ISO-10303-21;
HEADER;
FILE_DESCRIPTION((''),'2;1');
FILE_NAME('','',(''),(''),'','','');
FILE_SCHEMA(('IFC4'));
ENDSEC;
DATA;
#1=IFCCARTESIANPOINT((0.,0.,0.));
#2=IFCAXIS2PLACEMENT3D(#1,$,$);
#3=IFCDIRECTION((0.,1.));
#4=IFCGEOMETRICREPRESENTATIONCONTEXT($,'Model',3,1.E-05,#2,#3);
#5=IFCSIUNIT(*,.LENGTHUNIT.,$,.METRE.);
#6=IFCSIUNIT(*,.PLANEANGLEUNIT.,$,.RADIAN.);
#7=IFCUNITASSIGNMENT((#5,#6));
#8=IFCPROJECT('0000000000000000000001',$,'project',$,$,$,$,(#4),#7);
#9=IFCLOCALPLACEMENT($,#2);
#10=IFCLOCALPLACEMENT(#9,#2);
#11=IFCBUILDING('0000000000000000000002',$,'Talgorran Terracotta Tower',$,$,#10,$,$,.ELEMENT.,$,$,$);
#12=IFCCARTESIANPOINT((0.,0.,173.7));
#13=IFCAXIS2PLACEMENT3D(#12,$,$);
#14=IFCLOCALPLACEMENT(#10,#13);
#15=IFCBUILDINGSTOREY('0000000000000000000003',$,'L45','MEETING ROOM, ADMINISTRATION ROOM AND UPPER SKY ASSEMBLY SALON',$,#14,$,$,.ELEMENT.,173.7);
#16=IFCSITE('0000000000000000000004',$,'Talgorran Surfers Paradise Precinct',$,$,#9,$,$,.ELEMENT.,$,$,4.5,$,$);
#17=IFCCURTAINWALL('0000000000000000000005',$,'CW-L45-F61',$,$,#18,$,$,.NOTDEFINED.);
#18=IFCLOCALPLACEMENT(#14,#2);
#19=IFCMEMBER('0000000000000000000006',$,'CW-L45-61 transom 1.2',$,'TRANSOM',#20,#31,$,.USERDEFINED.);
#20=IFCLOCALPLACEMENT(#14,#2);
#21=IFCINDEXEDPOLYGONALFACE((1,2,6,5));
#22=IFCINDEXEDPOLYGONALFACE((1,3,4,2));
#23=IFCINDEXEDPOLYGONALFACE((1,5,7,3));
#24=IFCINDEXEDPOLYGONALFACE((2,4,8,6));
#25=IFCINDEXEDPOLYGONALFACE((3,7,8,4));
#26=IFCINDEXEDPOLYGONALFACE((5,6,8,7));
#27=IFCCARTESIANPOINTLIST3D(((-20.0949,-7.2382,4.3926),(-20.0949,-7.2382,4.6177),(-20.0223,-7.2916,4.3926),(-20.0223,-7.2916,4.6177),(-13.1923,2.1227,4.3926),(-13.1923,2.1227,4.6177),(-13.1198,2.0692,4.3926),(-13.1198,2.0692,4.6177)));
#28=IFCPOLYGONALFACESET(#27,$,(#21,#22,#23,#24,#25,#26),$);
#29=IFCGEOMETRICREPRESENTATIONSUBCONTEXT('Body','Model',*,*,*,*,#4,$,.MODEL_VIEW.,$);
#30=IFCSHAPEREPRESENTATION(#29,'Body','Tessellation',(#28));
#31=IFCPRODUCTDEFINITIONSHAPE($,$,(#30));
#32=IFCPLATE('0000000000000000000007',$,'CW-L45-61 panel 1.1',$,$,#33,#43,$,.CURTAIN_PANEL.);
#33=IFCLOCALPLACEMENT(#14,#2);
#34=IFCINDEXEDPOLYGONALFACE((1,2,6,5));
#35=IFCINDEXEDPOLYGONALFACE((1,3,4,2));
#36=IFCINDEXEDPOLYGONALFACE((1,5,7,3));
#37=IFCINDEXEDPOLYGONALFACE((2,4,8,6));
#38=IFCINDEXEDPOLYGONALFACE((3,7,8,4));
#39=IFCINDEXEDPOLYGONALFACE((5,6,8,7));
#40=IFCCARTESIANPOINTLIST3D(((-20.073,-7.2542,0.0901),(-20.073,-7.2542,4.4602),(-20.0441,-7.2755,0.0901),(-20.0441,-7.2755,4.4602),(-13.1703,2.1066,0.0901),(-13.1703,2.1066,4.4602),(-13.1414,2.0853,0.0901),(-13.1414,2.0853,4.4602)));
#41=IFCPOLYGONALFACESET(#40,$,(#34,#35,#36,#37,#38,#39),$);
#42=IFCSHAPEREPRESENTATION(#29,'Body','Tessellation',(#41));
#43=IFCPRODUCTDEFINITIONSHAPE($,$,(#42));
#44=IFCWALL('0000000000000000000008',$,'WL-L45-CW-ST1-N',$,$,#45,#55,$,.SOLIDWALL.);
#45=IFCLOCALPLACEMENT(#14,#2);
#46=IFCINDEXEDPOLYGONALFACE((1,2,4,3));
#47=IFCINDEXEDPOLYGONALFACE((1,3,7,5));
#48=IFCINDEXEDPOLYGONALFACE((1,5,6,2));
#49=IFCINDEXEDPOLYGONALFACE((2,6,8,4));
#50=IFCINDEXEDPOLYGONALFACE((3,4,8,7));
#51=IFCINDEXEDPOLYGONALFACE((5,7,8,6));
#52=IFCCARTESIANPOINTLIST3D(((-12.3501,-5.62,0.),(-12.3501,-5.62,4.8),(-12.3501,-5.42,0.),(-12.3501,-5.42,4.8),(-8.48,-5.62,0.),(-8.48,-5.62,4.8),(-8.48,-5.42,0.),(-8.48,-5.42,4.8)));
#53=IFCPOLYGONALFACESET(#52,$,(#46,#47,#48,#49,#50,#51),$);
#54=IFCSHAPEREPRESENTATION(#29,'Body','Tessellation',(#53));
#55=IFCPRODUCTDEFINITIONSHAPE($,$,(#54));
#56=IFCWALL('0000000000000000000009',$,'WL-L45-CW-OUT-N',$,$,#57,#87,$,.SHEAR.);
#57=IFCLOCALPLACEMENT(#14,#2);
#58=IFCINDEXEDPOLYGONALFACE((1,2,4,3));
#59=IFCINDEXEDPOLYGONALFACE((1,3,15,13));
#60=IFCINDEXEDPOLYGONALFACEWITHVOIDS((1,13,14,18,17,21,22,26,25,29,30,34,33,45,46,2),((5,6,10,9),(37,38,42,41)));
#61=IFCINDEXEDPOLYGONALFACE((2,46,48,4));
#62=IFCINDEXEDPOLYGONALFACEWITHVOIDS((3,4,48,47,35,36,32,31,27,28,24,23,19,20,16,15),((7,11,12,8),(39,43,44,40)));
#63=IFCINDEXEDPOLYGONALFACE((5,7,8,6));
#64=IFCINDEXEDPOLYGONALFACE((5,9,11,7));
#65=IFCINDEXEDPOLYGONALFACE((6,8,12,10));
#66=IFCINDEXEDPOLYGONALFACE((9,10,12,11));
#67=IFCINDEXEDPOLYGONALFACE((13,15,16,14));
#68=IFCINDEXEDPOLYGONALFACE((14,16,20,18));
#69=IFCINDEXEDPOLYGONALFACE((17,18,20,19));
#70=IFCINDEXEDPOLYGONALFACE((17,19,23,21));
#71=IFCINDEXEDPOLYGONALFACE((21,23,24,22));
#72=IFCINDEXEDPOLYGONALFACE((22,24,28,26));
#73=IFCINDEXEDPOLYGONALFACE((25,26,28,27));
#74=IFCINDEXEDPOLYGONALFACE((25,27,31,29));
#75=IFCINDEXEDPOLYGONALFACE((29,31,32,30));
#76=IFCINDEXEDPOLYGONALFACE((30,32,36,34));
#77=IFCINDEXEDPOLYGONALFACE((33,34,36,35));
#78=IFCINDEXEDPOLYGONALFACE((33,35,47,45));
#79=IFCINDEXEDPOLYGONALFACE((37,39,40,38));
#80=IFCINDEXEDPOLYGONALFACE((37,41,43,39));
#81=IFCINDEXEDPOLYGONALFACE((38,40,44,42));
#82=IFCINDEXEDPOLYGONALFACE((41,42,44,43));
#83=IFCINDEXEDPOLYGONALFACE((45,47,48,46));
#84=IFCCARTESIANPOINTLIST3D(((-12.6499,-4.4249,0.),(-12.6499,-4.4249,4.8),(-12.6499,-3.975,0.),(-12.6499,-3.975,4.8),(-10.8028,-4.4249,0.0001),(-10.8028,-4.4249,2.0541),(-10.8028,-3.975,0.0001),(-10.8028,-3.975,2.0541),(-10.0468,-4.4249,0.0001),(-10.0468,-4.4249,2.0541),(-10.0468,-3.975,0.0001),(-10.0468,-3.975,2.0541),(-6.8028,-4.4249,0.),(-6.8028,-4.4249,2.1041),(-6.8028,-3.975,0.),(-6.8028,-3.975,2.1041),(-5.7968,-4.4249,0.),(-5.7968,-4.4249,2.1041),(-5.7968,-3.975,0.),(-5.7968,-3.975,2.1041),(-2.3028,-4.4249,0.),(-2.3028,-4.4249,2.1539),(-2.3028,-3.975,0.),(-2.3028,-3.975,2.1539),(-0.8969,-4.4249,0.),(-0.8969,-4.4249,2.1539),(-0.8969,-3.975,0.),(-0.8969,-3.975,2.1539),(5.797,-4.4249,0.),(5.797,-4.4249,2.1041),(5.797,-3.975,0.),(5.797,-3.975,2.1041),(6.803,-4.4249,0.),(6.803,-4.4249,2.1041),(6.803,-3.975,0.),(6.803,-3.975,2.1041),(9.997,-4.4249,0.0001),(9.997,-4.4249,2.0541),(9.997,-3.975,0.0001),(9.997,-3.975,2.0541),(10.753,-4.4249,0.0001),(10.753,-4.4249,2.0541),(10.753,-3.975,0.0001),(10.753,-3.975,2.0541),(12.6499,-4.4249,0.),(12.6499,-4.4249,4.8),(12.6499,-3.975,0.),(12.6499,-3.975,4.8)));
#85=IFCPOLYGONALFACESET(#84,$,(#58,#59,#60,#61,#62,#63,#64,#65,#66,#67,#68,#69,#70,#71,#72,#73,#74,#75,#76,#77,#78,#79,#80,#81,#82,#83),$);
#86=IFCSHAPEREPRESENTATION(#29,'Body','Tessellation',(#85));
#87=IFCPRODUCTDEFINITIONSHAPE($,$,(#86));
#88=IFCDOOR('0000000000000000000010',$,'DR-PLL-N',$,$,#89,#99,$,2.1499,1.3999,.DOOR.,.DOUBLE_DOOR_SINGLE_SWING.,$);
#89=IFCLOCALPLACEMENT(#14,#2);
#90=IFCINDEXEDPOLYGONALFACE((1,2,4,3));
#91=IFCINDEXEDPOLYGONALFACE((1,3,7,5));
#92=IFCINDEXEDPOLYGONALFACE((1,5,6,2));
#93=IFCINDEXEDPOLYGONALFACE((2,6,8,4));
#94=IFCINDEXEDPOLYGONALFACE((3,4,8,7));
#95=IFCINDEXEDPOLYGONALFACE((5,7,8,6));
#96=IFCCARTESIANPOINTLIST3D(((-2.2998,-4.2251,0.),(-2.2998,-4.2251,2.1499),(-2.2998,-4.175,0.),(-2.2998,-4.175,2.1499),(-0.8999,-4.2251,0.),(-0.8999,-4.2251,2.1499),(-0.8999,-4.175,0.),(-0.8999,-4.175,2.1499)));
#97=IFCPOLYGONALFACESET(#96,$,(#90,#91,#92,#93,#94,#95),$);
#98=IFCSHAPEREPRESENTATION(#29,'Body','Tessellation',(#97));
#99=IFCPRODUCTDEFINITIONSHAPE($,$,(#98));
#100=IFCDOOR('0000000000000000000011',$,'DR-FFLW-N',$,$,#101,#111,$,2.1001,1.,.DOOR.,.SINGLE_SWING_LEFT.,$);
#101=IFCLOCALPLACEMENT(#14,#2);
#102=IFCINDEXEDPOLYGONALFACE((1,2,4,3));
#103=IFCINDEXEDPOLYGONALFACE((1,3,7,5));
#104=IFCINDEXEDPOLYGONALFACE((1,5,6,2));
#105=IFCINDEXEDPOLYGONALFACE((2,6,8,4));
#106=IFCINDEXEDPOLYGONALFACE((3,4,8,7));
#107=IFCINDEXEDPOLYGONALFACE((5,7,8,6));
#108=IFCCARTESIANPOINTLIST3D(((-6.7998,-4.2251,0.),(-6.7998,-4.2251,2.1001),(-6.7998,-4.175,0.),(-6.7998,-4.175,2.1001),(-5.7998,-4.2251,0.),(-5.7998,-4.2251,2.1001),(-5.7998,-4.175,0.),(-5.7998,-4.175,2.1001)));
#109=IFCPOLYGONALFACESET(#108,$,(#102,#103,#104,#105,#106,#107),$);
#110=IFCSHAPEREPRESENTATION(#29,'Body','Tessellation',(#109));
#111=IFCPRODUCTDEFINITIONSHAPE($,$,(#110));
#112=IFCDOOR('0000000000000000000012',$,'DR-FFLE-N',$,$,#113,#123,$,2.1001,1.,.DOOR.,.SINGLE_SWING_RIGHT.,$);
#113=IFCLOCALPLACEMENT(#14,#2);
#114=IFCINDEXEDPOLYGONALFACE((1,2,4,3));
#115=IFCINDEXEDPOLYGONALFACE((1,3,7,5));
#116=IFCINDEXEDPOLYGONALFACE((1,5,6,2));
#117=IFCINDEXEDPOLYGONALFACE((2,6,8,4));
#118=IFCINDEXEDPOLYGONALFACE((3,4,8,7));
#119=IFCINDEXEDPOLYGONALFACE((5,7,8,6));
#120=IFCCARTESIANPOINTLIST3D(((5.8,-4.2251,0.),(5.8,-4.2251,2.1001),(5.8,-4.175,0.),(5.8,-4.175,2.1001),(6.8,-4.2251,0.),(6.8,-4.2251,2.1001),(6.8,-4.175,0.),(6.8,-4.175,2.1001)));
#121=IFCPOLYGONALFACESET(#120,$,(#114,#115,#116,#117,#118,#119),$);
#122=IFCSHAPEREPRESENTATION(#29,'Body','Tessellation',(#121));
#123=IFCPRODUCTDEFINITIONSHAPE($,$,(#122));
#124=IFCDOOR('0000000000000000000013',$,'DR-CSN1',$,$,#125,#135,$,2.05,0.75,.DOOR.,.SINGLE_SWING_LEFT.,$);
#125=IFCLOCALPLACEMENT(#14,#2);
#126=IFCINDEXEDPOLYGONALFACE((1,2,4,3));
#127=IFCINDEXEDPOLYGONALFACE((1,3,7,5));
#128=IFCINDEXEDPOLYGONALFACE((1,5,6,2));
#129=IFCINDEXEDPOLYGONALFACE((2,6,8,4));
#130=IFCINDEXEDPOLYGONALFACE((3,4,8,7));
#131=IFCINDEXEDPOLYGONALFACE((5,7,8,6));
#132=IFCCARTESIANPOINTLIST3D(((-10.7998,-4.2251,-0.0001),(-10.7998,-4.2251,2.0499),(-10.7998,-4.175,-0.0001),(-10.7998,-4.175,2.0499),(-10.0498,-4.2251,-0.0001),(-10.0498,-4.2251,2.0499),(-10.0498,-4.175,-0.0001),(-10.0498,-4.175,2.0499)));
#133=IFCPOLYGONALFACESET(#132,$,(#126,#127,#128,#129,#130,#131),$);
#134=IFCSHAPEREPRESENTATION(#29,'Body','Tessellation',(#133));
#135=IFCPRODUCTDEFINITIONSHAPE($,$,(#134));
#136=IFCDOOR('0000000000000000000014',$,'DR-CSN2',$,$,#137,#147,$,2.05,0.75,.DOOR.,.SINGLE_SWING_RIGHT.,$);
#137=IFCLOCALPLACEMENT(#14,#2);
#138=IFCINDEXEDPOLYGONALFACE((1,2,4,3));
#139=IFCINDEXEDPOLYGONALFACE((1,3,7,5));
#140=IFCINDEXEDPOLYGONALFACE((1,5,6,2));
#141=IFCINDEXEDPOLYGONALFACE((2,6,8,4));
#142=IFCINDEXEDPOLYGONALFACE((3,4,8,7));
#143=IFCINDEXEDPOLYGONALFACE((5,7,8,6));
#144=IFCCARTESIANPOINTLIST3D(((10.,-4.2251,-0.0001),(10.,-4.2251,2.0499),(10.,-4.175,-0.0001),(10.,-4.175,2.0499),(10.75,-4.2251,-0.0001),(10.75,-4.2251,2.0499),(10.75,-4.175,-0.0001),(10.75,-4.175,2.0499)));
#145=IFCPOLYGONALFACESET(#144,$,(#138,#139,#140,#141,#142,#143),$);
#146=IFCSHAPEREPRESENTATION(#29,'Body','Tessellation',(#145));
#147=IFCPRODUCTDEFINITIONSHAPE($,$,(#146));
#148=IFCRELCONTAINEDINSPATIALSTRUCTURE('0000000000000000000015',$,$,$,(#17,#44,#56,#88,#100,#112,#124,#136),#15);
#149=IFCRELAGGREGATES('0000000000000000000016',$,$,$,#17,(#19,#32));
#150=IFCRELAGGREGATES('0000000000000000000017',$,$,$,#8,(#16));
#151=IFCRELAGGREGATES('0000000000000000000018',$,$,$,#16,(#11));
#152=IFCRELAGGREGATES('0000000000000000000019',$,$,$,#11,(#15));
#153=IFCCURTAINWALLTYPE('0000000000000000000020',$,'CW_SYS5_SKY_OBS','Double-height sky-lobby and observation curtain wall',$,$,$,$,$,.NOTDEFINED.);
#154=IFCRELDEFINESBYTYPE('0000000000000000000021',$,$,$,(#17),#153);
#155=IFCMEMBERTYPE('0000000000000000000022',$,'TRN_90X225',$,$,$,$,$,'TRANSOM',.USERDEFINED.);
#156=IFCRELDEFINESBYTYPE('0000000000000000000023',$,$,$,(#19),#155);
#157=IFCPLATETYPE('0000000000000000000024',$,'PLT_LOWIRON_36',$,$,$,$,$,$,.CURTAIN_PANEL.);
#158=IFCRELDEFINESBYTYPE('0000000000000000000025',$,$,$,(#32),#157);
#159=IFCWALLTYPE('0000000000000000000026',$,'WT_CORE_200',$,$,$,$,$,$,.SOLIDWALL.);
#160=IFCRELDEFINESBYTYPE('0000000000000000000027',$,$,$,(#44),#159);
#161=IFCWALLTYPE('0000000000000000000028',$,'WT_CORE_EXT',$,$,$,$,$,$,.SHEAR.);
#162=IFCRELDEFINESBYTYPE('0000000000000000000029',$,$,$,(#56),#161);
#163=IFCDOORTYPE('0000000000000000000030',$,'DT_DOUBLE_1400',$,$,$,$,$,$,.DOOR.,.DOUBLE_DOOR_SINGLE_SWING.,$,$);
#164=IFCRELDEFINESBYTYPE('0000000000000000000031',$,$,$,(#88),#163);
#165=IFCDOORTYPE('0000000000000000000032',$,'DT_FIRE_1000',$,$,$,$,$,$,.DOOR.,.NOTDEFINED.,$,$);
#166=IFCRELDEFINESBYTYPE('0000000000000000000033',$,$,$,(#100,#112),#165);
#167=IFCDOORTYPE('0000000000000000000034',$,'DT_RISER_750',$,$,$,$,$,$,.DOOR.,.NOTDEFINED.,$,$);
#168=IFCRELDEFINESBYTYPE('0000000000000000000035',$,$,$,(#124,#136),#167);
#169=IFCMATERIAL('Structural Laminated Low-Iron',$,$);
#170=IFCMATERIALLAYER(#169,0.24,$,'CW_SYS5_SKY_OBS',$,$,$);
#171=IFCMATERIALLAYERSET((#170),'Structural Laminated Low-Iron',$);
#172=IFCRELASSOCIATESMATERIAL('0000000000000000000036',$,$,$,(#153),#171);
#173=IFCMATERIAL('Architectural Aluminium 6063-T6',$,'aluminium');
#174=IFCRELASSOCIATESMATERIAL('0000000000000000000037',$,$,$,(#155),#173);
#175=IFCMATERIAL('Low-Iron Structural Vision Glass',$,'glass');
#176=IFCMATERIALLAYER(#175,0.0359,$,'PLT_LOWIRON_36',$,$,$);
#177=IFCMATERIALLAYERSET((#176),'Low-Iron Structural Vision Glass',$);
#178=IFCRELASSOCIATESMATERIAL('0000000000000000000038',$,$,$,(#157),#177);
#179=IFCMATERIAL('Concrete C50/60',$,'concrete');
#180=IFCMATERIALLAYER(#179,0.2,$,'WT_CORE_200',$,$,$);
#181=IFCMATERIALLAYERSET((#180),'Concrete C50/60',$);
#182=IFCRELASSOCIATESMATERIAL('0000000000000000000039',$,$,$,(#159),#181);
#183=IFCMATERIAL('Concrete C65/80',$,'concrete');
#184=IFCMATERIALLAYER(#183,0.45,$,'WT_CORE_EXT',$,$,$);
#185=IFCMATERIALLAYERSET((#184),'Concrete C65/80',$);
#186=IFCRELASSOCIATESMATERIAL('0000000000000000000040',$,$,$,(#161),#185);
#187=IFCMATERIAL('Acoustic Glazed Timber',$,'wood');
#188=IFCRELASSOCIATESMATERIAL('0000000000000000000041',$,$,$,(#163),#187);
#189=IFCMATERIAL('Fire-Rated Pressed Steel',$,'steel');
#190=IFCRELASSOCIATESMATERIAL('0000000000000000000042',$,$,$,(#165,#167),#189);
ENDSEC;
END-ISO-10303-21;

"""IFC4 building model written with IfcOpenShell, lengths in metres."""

from ifc_helpers import new_model, si_unit, direction, frame, frame_2d, origin, origin_2d, place, context, subcontext, project, spatial, rectangle, extrude, source, transform, mapped, material, layer, layer_set, material_profile, profile_set, type_object, type_shapes, element, fill, aggregate, save


model = new_model("IFC4")

# Units and contexts
model_context = context("Model", 3, precision=1e-05, world=origin(), true_north=direction((0.0, 1.0)))
body_context = subcontext(model_context, "Body", "Model", "MODEL_VIEW")
ifc_project = project(units=[si_unit("LENGTHUNIT", "METRE"), si_unit("PLANEANGLEUNIT", "RADIAN")], contexts=[model_context])

# Site, building, storey
site_placement = place(None, origin())
site = spatial("IfcSite", under=ifc_project, at=site_placement, Name="Talgorran Surfers Paradise Precinct", CompositionType="ELEMENT", RefElevation=4.5)
building_placement = place(site_placement, origin())
building = spatial("IfcBuilding", under=site, at=building_placement, Name="Talgorran Terracotta Tower", CompositionType="ELEMENT")
storey_placement = place(building_placement, frame((0.0, 0.0, 173.7)))
storey = spatial("IfcBuildingStorey", under=building, at=storey_placement, Name="L45", Description="MEETING ROOM, ADMINISTRATION ROOM AND UPPER SKY ASSEMBLY SALON", CompositionType="ELEMENT", Elevation=173.7)

# Curtain wall, member, plate
ifc_material_1 = material(Name="Structural Laminated Low-Iron")
ifc_layer_1 = layer(ifc_material_1, 0.24, Name="CW_SYS5_SKY_OBS")
ifc_layer_set_1 = layer_set([ifc_layer_1], Name="Structural Laminated Low-Iron")
curtain_wall_type = type_object("IfcCurtainWallType", Name="CW_SYS5_SKY_OBS", Description="Double-height sky-lobby and observation curtain wall", PredefinedType="NOTDEFINED", material=ifc_layer_set_1)
curtain_wall_placement = place(storey_placement, origin())
curtain_wall = element("IfcCurtainWall", 1, at=curtain_wall_placement, inside=storey, type_object=curtain_wall_type, Name="CW-L45-F61", PredefinedType="NOTDEFINED")
ifc_material_2 = material(Name="Architectural Aluminium 6063-T6", Category="aluminium")
ifc_material_profile_1 = material_profile(ifc_material_2, rectangle(XDim=0.0901, YDim=0.2251, at=origin_2d()), Name="CWT90X225")
ifc_profile_set_1 = profile_set([ifc_material_profile_1], Name="Architectural Aluminium 6063-T6")
member_type_1 = type_object("IfcMemberType", Name="TRN_90X225", ElementType="TRANSOM", PredefinedType="USERDEFINED", material=ifc_profile_set_1)
member_1_placement = place(storey_placement, frame((-13.156, 2.0959, 4.5051), z_axis=(-0.593485, -0.804845, 0.0), x_axis=(0.804845, -0.593485, 0.0)))
member_1 = element("IfcMember", 2, at=member_1_placement, type_object=member_type_1, Name="CW-L45-61 transom 1.2", ObjectType="TRANSOM", PredefinedType="USERDEFINED", context=body_context, shape_type="SweptSolid", body=[
    extrude(rectangle(XDim=0.0901, YDim=0.2251, at=origin_2d()), origin(), (0.0, 0.0, 1.0), 11.6306),
])
ifc_material_3 = material(Name="Low-Iron Structural Vision Glass", Category="glass")
ifc_layer_2 = layer(ifc_material_3, 0.0359, Name="PLT_LOWIRON_36")
ifc_layer_set_2 = layer_set([ifc_layer_2], Name="Low-Iron Structural Vision Glass")
plate_type = type_object("IfcPlateType", Name="PLT_LOWIRON_36", PredefinedType="CURTAIN_PANEL", material=ifc_layer_set_2)
shared_shape = source(origin(), body_context, "Body", "SweptSolid", [
    extrude(rectangle(XDim=11.6306, YDim=0.0359, at=origin_2d()), origin(), (0.0, 0.0, 1.0), 4.3701),
])
type_shapes(plate_type, [shared_shape])
plate_placement = place(storey_placement, frame((-16.6072, -2.5845, 0.0901), z_axis=(0.0, 0.0, 1.0), x_axis=(-0.593494, -0.804838, 0.0)))
plate = element("IfcPlate", 3, at=plate_placement, type_object=plate_type, Name="CW-L45-61 panel 1.1", PredefinedType="CURTAIN_PANEL", context=body_context, shape_type="MappedRepresentation", body=[
    mapped(shared_shape, transform((0.0, 0.0, 0.0), scale=1.0)),
])
aggregate(curtain_wall, [member_1, plate])

# Wall
ifc_material_4 = material(Name="Concrete C50/60", Category="concrete")
ifc_layer_3 = layer(ifc_material_4, 0.2, Name="WT_CORE_200")
ifc_layer_set_3 = layer_set([ifc_layer_3], Name="Concrete C50/60")
wall_type_1 = type_object("IfcWallType", Name="WT_CORE_200", PredefinedType="SOLIDWALL", material=ifc_layer_set_3)
wall_1_placement = place(storey_placement, frame((-12.3501, -5.52, 0.0), z_axis=(0.0, 0.0, 1.0), x_axis=(1.0, 0.0, 0.0)))
element("IfcWall", 4, at=wall_1_placement, inside=storey, type_object=wall_type_1, Name="WL-L45-CW-ST1-N", PredefinedType="SOLIDWALL", context=body_context, shape_type="SweptSolid", body=[
    extrude(rectangle(XDim=3.8701, YDim=0.2, at=frame_2d((1.9351, 0.0))), origin(), (0.0, 0.0, 1.0), 4.8),
])

# Wall, openings, doors
ifc_material_5 = material(Name="Concrete C65/80", Category="concrete")
ifc_layer_4 = layer(ifc_material_5, 0.45, Name="WT_CORE_EXT")
ifc_layer_set_4 = layer_set([ifc_layer_4], Name="Concrete C65/80")
wall_type_2 = type_object("IfcWallType", Name="WT_CORE_EXT", PredefinedType="SHEAR", material=ifc_layer_set_4)
wall_2_placement = place(storey_placement, frame((-12.6499, -4.2, 0.0), z_axis=(0.0, 0.0, 1.0), x_axis=(1.0, 0.0, 0.0)))
wall_2 = element("IfcWall", 5, at=wall_2_placement, inside=storey, type_object=wall_type_2, Name="WL-L45-CW-OUT-N", PredefinedType="SHEAR", context=body_context, shape_type="SweptSolid", body=[
    extrude(rectangle(XDim=25.2998, YDim=0.45, at=frame_2d((12.6499, 0.0))), origin(), (0.0, 0.0, 1.0), 4.8),
])
opening_1_placement = place(wall_2_placement, frame((1.8501, 0.0, 0.0)))
opening_1 = element("IfcOpeningElement", 6, at=opening_1_placement, cuts=wall_2, PredefinedType="OPENING", context=body_context, shape_type="SweptSolid", body=[
    extrude(rectangle(XDim=0.756, YDim=2.054, at=frame_2d((0.375, 1.0271))), frame((0.0, 0.2349, 0.0), z_axis=(0.0, -1.0, 0.0), x_axis=(1.0, 0.0, 0.0)), (0.0, 0.0, 1.0), 0.47),
])
opening_2_placement = place(wall_2_placement, frame((22.6499, 0.0, 0.0)))
opening_2 = element("IfcOpeningElement", 7, at=opening_2_placement, cuts=wall_2, PredefinedType="OPENING", context=body_context, shape_type="SweptSolid", body=[
    extrude(rectangle(XDim=0.756, YDim=2.054, at=frame_2d((0.375, 1.0271))), frame((0.0, 0.2349, 0.0), z_axis=(0.0, -1.0, 0.0), x_axis=(1.0, 0.0, 0.0)), (0.0, 0.0, 1.0), 0.47),
])
opening_3_placement = place(wall_2_placement, frame((5.8501, 0.0, 0.0)))
opening_3 = element("IfcOpeningElement", 8, at=opening_3_placement, cuts=wall_2, PredefinedType="OPENING", context=body_context, shape_type="SweptSolid", body=[
    extrude(rectangle(XDim=1.006, YDim=2.1041, at=frame_2d((0.5, 1.052))), frame((0.0, 0.2349, 0.0), z_axis=(0.0, -1.0, 0.0), x_axis=(1.0, 0.0, 0.0)), (0.0, 0.0, 1.0), 0.47),
])
opening_4_placement = place(wall_2_placement, frame((10.3501, 0.0, 0.0)))
opening_4 = element("IfcOpeningElement", 9, at=opening_4_placement, cuts=wall_2, PredefinedType="OPENING", context=body_context, shape_type="SweptSolid", body=[
    extrude(rectangle(XDim=1.4059, YDim=2.1539, at=frame_2d((0.7, 1.0769))), frame((0.0, 0.2349, 0.0), z_axis=(0.0, -1.0, 0.0), x_axis=(1.0, 0.0, 0.0)), (0.0, 0.0, 1.0), 0.47),
])
opening_5_placement = place(wall_2_placement, frame((18.45, 0.0, 0.0)))
opening_5 = element("IfcOpeningElement", 10, at=opening_5_placement, cuts=wall_2, PredefinedType="OPENING", context=body_context, shape_type="SweptSolid", body=[
    extrude(rectangle(XDim=1.006, YDim=2.1041, at=frame_2d((0.5, 1.052))), frame((0.0, 0.2349, 0.0), z_axis=(0.0, -1.0, 0.0), x_axis=(1.0, 0.0, 0.0)), (0.0, 0.0, 1.0), 0.47),
])
ifc_material_6 = material(Name="Acoustic Glazed Timber", Category="wood")
door_type_1 = type_object("IfcDoorType", Name="DT_DOUBLE_1400", OperationType="DOUBLE_DOOR_SINGLE_SWING", PredefinedType="DOOR", material=ifc_material_6)
door_1_placement = place(opening_4_placement, origin())
door_1 = element("IfcDoor", 11, at=door_1_placement, inside=storey, type_object=door_type_1, Name="DR-PLL-N", OperationType="DOUBLE_DOOR_SINGLE_SWING", OverallHeight=2.1499, OverallWidth=1.3999, PredefinedType="DOOR", context=body_context, shape_type="SweptSolid", body=[
    extrude(rectangle(XDim=1.3999, YDim=2.1499, at=frame_2d((0.7, 1.075))), frame((0.0, 0.0249, 0.0), z_axis=(0.0, -1.0, 0.0), x_axis=(1.0, 0.0, 0.0)), (0.0, 0.0, 1.0), 0.05),
])
fill(opening_4, door_1)
ifc_material_7 = material(Name="Fire-Rated Pressed Steel", Category="steel")
door_type_2 = type_object("IfcDoorType", Name="DT_FIRE_1000", OperationType="NOTDEFINED", PredefinedType="DOOR", material=ifc_material_7)
door_2_placement = place(opening_3_placement, origin())
door_2 = element("IfcDoor", 12, at=door_2_placement, inside=storey, type_object=door_type_2, Name="DR-FFLW-N", OperationType="SINGLE_SWING_LEFT", OverallHeight=2.1001, OverallWidth=1.0, PredefinedType="DOOR", context=body_context, shape_type="SweptSolid", body=[
    extrude(rectangle(XDim=1.0, YDim=2.1001, at=frame_2d((0.5, 1.05))), frame((0.0, 0.0249, 0.0), z_axis=(0.0, -1.0, 0.0), x_axis=(1.0, 0.0, 0.0)), (0.0, 0.0, 1.0), 0.05),
])
fill(opening_3, door_2)
door_3_placement = place(opening_5_placement, origin())
door_3 = element("IfcDoor", 13, at=door_3_placement, inside=storey, type_object=door_type_2, Name="DR-FFLE-N", OperationType="SINGLE_SWING_RIGHT", OverallHeight=2.1001, OverallWidth=1.0, PredefinedType="DOOR", context=body_context, shape_type="SweptSolid", body=[
    extrude(rectangle(XDim=1.0, YDim=2.1001, at=frame_2d((0.5, 1.05))), frame((0.0, 0.0249, 0.0), z_axis=(0.0, -1.0, 0.0), x_axis=(1.0, 0.0, 0.0)), (0.0, 0.0, 1.0), 0.05),
])
fill(opening_5, door_3)
door_type_3 = type_object("IfcDoorType", Name="DT_RISER_750", OperationType="NOTDEFINED", PredefinedType="DOOR", material=ifc_material_7)
door_4_placement = place(opening_1_placement, origin())
door_4 = element("IfcDoor", 14, at=door_4_placement, inside=storey, type_object=door_type_3, Name="DR-CSN1", OperationType="SINGLE_SWING_LEFT", OverallHeight=2.05, OverallWidth=0.75, PredefinedType="DOOR", context=body_context, shape_type="SweptSolid", body=[
    extrude(rectangle(XDim=0.75, YDim=2.05, at=frame_2d((0.375, 1.0249))), frame((0.0, 0.0249, 0.0), z_axis=(0.0, -1.0, 0.0), x_axis=(1.0, 0.0, 0.0)), (0.0, 0.0, 1.0), 0.05),
])
fill(opening_1, door_4)
door_5_placement = place(opening_2_placement, origin())
door_5 = element("IfcDoor", 15, at=door_5_placement, inside=storey, type_object=door_type_3, Name="DR-CSN2", OperationType="SINGLE_SWING_RIGHT", OverallHeight=2.05, OverallWidth=0.75, PredefinedType="DOOR", context=body_context, shape_type="SweptSolid", body=[
    extrude(rectangle(XDim=0.75, YDim=2.05, at=frame_2d((0.375, 1.0249))), frame((0.0, 0.0249, 0.0), z_axis=(0.0, -1.0, 0.0), x_axis=(1.0, 0.0, 0.0)), (0.0, 0.0, 1.0), 0.05),
])
fill(opening_2, door_5)

save(model, "model.ifc")
